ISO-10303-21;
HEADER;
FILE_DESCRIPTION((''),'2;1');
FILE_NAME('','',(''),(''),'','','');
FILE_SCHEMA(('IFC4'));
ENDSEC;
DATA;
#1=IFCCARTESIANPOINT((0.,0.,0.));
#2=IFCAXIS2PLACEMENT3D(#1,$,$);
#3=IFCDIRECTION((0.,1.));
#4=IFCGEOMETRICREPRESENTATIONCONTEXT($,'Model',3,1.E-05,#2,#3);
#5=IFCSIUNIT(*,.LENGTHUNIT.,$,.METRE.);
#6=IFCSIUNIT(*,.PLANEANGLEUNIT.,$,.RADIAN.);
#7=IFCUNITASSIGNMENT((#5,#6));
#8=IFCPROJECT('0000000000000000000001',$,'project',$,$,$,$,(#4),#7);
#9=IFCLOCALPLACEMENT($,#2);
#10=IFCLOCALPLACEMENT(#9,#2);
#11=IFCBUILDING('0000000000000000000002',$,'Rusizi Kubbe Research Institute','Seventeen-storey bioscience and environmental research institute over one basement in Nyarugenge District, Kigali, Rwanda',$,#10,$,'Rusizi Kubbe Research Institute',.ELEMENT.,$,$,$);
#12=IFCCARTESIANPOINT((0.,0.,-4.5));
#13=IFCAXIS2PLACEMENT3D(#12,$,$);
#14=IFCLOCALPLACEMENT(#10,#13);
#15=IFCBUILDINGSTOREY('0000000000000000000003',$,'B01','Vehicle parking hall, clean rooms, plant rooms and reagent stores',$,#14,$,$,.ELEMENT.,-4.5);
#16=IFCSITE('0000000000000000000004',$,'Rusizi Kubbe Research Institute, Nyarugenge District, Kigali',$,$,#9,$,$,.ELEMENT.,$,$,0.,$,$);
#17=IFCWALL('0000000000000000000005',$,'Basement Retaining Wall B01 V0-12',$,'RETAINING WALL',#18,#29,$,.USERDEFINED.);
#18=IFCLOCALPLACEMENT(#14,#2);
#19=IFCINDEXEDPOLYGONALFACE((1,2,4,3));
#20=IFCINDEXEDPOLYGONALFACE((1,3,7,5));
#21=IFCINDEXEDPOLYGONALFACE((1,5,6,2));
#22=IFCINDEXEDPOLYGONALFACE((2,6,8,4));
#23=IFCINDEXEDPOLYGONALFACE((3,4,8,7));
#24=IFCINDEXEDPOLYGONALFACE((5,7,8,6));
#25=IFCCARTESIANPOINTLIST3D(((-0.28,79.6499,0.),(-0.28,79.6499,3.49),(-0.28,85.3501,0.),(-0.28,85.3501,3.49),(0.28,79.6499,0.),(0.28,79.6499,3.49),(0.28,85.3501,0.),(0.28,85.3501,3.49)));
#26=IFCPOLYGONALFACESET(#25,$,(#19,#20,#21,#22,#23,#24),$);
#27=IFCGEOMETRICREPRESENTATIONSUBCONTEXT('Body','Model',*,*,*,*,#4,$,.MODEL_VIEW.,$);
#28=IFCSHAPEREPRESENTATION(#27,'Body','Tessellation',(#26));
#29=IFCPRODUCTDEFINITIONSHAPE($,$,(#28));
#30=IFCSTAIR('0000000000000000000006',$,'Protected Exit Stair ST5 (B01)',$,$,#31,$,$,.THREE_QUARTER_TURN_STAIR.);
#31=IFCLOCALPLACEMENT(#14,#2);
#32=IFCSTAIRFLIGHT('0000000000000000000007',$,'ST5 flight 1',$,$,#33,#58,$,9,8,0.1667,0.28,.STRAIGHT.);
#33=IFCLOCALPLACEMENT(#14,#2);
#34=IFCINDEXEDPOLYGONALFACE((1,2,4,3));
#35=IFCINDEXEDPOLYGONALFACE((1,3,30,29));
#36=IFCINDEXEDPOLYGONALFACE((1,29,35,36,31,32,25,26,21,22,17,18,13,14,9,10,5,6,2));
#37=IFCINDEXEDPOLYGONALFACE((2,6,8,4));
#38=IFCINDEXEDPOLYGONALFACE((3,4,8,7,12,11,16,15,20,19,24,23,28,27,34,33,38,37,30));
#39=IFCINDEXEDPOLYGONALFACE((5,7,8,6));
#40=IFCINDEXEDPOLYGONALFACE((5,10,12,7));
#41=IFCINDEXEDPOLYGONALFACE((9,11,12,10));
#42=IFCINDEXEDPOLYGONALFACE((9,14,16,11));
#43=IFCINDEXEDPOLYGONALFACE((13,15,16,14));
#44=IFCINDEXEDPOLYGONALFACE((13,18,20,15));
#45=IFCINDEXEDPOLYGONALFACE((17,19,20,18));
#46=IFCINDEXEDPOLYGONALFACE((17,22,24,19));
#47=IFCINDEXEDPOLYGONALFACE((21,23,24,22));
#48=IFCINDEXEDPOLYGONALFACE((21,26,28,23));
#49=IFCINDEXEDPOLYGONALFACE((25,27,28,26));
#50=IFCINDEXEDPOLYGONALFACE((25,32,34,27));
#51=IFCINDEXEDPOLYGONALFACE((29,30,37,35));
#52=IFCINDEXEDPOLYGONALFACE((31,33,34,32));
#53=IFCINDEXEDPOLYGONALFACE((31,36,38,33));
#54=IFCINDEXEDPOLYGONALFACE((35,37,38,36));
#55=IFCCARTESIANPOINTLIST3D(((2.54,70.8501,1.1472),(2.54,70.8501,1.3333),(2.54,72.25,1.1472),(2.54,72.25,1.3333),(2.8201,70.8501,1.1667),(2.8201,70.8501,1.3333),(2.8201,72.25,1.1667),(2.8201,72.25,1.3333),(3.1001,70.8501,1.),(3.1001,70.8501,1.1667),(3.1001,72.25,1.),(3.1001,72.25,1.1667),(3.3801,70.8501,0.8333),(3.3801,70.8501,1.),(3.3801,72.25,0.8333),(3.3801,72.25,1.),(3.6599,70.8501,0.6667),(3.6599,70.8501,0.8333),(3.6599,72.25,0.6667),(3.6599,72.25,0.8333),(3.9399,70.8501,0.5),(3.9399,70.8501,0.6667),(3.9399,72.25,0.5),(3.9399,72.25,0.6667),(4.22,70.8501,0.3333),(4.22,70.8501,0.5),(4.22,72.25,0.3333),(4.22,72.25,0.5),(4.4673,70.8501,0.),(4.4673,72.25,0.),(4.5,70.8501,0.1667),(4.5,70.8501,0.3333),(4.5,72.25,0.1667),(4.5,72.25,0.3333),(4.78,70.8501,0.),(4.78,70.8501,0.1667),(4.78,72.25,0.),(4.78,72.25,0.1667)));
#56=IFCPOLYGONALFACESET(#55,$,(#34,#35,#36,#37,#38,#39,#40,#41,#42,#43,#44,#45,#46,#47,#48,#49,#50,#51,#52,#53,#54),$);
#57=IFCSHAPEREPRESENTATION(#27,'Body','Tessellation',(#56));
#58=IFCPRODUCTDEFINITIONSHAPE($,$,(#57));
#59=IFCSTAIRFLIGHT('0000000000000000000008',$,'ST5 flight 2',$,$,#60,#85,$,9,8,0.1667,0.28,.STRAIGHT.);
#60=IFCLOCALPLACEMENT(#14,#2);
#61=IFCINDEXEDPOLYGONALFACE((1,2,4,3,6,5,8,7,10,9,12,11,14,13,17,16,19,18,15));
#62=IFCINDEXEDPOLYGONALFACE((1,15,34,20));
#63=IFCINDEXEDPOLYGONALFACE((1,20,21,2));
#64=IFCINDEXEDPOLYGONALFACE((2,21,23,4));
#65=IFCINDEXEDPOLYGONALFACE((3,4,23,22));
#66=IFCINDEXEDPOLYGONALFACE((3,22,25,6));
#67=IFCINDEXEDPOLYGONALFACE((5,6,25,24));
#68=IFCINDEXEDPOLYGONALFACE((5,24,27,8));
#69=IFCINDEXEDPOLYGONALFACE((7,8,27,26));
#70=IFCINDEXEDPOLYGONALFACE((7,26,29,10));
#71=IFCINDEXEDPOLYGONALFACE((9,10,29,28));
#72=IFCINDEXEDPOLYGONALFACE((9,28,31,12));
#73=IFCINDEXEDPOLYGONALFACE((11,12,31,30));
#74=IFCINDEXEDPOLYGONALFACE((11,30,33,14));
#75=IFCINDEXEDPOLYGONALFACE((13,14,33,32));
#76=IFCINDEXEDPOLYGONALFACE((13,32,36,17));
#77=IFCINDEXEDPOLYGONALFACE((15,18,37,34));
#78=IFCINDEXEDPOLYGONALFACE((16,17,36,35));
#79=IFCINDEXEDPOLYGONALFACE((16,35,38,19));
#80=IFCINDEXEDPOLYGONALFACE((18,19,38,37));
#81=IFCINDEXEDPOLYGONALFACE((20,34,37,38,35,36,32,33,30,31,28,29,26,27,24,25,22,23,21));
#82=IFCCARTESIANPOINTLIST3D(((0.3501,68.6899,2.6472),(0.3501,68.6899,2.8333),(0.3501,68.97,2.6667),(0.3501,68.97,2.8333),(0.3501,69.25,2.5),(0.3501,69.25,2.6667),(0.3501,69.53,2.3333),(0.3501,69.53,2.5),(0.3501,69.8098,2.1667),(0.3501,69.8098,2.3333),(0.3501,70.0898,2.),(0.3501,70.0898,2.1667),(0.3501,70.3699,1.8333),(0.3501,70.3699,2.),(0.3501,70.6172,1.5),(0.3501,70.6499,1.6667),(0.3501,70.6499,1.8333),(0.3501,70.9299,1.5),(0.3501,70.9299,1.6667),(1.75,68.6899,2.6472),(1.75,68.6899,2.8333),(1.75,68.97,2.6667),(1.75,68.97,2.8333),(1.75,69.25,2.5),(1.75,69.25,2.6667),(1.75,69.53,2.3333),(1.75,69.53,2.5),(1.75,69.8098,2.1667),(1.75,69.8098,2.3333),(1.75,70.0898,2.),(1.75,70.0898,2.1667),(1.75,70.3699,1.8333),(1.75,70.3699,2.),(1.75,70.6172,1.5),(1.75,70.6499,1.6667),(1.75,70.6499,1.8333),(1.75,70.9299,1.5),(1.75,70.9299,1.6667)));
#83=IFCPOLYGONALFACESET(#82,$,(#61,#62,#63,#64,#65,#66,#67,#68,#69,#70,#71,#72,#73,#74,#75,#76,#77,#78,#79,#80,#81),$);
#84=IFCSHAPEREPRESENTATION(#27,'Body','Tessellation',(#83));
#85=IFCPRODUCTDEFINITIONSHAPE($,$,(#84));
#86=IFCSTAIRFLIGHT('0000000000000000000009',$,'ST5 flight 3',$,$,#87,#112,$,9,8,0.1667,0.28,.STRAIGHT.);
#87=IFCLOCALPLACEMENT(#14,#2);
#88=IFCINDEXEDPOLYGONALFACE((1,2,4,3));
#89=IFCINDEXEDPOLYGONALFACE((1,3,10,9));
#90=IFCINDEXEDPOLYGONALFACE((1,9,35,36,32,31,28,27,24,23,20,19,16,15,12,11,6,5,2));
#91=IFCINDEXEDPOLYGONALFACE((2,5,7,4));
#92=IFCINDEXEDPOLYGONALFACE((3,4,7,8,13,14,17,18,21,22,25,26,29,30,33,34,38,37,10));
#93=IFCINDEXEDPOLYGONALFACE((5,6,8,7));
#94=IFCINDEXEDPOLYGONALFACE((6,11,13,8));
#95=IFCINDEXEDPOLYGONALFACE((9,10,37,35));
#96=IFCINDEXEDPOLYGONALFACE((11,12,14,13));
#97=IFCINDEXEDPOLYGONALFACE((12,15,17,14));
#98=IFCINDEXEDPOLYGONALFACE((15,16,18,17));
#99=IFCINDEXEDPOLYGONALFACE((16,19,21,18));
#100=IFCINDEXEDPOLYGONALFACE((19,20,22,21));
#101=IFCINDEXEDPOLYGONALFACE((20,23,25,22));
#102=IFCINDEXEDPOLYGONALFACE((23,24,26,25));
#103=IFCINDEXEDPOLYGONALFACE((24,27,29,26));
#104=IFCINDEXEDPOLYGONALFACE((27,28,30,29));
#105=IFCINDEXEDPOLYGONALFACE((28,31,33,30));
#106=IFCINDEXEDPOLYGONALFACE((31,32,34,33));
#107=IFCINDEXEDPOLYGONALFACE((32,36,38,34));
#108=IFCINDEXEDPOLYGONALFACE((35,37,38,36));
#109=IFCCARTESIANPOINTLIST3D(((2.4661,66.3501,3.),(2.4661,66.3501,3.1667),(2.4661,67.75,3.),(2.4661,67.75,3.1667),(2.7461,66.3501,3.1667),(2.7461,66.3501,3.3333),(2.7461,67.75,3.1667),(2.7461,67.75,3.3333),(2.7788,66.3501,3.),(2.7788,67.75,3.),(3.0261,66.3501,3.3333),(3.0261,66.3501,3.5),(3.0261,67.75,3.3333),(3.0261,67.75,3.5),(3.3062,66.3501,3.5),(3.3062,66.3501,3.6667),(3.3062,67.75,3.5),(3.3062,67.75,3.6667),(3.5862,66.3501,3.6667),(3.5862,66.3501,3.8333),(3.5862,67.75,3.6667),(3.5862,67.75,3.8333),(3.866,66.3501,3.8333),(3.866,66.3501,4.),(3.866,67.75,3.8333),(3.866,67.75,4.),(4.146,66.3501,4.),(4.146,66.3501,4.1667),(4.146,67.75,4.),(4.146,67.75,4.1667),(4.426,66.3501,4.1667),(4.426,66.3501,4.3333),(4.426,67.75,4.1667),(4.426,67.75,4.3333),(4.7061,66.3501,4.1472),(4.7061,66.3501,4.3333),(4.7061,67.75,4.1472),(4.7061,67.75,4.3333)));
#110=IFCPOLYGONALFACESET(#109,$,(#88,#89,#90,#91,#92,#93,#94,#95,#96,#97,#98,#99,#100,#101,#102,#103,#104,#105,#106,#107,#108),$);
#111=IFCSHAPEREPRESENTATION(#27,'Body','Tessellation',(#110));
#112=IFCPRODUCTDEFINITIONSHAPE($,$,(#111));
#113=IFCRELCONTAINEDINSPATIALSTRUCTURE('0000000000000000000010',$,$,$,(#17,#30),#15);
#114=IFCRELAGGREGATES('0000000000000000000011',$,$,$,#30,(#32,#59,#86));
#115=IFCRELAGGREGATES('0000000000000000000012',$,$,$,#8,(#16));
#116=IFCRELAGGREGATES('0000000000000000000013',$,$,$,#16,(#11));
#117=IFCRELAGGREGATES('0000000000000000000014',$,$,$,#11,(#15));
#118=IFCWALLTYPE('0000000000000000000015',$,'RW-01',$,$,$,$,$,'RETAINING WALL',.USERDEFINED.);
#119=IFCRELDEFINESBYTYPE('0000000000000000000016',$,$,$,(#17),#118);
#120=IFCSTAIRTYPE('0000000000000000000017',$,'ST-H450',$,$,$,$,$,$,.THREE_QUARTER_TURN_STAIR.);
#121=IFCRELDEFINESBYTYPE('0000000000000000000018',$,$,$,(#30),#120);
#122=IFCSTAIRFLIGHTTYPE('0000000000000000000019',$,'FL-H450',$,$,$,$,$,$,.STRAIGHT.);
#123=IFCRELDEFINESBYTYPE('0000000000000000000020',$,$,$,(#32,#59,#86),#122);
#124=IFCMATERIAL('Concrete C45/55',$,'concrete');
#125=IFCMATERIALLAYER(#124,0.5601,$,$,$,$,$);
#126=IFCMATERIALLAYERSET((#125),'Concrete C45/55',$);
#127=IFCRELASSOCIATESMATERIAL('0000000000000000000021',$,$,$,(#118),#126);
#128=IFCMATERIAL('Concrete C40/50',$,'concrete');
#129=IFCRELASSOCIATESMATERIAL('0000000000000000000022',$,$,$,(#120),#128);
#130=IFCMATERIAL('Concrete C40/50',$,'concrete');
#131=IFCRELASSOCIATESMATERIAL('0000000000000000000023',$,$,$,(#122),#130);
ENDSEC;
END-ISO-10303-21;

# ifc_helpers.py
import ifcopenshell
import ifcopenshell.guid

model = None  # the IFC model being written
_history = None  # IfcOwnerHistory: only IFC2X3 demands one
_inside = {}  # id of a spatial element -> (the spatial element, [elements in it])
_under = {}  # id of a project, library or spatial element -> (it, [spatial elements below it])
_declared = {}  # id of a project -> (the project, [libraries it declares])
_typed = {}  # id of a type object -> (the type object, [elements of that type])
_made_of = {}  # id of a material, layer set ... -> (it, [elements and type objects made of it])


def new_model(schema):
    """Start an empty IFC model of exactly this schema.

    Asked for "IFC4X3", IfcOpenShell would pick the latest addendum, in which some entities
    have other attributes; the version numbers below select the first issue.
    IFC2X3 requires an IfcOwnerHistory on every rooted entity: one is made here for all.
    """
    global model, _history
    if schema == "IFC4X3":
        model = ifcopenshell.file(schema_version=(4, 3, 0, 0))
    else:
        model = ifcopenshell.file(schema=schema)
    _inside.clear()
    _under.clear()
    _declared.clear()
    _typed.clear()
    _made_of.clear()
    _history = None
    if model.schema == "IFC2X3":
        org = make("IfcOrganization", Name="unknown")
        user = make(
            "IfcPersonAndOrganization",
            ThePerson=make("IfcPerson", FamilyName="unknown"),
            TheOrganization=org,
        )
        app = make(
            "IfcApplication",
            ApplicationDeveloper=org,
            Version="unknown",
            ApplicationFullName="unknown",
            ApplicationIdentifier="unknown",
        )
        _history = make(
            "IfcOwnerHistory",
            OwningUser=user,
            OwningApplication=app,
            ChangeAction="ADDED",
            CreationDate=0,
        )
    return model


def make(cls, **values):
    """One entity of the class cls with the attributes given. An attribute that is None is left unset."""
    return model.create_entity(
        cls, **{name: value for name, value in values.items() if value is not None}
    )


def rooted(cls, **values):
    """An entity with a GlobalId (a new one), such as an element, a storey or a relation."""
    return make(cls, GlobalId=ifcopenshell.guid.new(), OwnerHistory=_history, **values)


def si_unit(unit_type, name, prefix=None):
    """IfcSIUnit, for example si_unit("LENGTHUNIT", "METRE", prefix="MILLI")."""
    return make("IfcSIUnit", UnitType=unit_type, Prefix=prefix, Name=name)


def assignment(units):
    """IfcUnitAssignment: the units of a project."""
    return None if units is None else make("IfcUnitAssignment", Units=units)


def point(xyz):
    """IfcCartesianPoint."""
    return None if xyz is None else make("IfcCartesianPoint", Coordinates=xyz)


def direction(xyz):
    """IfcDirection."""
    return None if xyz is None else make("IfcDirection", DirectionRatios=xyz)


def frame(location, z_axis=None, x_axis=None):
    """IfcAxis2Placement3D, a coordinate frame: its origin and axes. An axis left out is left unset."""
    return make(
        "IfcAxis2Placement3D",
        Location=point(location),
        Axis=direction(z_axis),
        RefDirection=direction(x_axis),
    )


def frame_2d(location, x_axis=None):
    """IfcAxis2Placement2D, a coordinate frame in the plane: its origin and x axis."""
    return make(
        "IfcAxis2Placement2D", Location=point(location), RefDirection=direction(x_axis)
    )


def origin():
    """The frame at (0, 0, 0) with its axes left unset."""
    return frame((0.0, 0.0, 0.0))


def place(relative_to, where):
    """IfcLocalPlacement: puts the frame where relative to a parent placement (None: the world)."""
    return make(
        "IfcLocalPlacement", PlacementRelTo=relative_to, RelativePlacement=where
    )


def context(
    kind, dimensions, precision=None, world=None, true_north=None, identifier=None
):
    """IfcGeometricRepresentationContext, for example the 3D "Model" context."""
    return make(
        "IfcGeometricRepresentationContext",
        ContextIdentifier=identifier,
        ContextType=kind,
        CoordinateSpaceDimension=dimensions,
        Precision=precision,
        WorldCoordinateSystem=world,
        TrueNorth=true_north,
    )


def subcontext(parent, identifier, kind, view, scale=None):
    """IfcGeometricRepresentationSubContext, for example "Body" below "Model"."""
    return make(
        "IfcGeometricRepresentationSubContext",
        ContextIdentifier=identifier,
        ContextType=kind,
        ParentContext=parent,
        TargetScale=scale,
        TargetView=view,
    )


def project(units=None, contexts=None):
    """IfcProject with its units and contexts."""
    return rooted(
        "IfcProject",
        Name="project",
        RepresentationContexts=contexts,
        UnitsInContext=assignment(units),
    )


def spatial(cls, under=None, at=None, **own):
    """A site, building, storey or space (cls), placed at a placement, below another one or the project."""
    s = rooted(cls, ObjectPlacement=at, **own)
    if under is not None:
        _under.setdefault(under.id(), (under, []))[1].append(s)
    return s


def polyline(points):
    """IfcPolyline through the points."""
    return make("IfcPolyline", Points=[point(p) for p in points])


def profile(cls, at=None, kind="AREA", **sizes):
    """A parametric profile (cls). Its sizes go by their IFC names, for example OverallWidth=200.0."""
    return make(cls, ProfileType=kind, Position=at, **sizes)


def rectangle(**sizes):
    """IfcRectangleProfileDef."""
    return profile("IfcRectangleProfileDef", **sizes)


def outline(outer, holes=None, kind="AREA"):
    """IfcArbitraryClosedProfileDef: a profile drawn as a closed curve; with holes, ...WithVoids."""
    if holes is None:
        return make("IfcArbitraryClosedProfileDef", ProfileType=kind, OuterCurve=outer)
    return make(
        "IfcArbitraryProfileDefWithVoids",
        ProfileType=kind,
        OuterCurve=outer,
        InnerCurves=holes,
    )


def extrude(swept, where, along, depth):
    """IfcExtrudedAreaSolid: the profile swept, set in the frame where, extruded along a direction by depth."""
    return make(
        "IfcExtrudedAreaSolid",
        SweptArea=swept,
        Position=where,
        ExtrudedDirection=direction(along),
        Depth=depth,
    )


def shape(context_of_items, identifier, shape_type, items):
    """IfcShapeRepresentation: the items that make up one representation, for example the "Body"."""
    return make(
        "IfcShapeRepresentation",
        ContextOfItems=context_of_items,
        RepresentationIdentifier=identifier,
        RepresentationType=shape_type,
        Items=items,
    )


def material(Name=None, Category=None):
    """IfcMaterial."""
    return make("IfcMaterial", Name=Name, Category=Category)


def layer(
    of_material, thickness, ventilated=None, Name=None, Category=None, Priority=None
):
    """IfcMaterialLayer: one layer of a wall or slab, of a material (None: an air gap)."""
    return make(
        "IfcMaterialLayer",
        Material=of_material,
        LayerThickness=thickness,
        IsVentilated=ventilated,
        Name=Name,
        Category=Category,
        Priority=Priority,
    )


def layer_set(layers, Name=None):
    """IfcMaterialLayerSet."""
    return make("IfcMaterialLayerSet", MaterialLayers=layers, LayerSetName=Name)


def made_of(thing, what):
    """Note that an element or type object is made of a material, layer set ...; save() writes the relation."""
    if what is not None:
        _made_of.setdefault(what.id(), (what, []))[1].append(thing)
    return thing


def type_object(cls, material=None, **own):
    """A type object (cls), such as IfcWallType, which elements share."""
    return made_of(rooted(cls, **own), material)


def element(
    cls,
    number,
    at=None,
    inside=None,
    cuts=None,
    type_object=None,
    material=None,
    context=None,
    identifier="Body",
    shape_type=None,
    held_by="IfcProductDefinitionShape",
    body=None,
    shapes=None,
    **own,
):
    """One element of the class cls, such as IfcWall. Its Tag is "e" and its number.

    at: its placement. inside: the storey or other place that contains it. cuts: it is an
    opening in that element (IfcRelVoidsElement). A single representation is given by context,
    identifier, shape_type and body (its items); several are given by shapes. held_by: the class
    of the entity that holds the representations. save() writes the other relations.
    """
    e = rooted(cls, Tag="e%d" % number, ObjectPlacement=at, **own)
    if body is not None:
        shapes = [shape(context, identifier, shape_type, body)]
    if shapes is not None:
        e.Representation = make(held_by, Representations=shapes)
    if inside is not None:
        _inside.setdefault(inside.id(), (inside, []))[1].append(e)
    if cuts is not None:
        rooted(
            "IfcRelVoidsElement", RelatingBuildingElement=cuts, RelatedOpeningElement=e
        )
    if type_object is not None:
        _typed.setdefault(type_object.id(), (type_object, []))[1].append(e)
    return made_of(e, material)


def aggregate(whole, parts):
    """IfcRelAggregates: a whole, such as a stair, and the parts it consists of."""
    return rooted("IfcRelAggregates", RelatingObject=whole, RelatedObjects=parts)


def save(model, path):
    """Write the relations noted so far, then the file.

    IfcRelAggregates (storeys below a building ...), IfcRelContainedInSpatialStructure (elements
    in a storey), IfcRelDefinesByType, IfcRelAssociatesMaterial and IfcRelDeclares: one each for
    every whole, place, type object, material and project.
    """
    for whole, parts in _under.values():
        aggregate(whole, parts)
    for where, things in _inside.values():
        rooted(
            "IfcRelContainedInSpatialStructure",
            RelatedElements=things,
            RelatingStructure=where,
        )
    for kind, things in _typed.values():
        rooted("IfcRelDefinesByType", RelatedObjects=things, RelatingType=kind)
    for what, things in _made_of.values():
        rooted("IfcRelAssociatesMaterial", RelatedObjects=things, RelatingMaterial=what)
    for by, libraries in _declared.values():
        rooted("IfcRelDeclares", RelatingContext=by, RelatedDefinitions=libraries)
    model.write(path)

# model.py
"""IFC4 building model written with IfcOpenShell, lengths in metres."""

from ifc_helpers import new_model, si_unit, direction, frame, frame_2d, origin, place, context, subcontext, project, spatial, polyline, rectangle, outline, extrude, material, layer, layer_set, type_object, element, aggregate, save


model = new_model("IFC4")

# Units and contexts
model_context = context("Model", 3, precision=1e-05, world=origin(), true_north=direction((0.0, 1.0)))
body_context = subcontext(model_context, "Body", "Model", "MODEL_VIEW")
ifc_project = project(units=[si_unit("LENGTHUNIT", "METRE"), si_unit("PLANEANGLEUNIT", "RADIAN")], contexts=[model_context])

# Site, building, storey
site_placement = place(None, origin())
site = spatial("IfcSite", under=ifc_project, at=site_placement, Name="Rusizi Kubbe Research Institute, Nyarugenge District, Kigali", CompositionType="ELEMENT", RefElevation=0.0)
building_placement = place(site_placement, origin())
building = spatial("IfcBuilding", under=site, at=building_placement, Name="Rusizi Kubbe Research Institute", Description="Seventeen-storey bioscience and environmental research institute over one basement in Nyarugenge District, Kigali, Rwanda", LongName="Rusizi Kubbe Research Institute", CompositionType="ELEMENT")
storey_placement = place(building_placement, frame((0.0, 0.0, -4.5)))
storey = spatial("IfcBuildingStorey", under=building, at=storey_placement, Name="B01", Description="Vehicle parking hall, clean rooms, plant rooms and reagent stores", CompositionType="ELEMENT", Elevation=-4.5)

# Wall
ifc_material_1 = material(Name="Concrete C45/55", Category="concrete")
ifc_layer_1 = layer(ifc_material_1, 0.5601)
ifc_layer_set_1 = layer_set([ifc_layer_1], Name="Concrete C45/55")
wall_type_1 = type_object("IfcWallType", Name="RW-01", ElementType="RETAINING WALL", PredefinedType="USERDEFINED", material=ifc_layer_set_1)
wall_1_placement = place(storey_placement, frame((0.0, 79.6499, 0.0), z_axis=(0.0, 0.0, 1.0), x_axis=(0.0, 1.0, 0.0)))
element("IfcWall", 1, at=wall_1_placement, inside=storey, type_object=wall_type_1, Name="Basement Retaining Wall B01 V0-12", ObjectType="RETAINING WALL", PredefinedType="USERDEFINED", context=body_context, shape_type="SweptSolid", body=[
    extrude(rectangle(XDim=5.7002, YDim=0.5601, at=frame_2d((2.8501, 0.0))), origin(), (0.0, 0.0, 1.0), 3.49),
])

# Stair, stair flights
ifc_material_2 = material(Name="Concrete C40/50", Category="concrete")
stair_type = type_object("IfcStairType", Name="ST-H450", PredefinedType="THREE_QUARTER_TURN_STAIR", material=ifc_material_2)
stair_placement = place(storey_placement, origin())
stair = element("IfcStair", 2, at=stair_placement, inside=storey, type_object=stair_type, Name="Protected Exit Stair ST5 (B01)", PredefinedType="THREE_QUARTER_TURN_STAIR")
ifc_material_3 = material(Name="Concrete C40/50", Category="concrete")
stair_flight_type = type_object("IfcStairFlightType", Name="FL-H450", PredefinedType="STRAIGHT", material=ifc_material_3)
stair_flight_1_placement = place(storey_placement, frame((4.78, 71.55, 0.0), z_axis=(0.0, 0.0, 1.0), x_axis=(-1.0, 0.0, 0.0)))
stair_flight_1 = element("IfcStairFlight", 3, at=stair_flight_1_placement, type_object=stair_flight_type, Name="ST5 flight 1", NumberOfRisers=9, NumberOfTreads=8, PredefinedType="STRAIGHT", RiserHeight=0.1667, TreadLength=0.28, context=body_context, shape_type="SweptSolid", body=[
    extrude(outline(polyline([(0.0, 0.0), (0.0, 0.1667), (0.28, 0.1667), (0.28, 0.3333), (0.5601, 0.3333), (0.5601, 0.5), (0.8401, 0.5), (0.8401, 0.6667), (1.1201, 0.6667), (1.1201, 0.8333), (1.3999, 0.8333), (1.3999, 1.0), (1.6799, 1.0), (1.6799, 1.1667), (1.96, 1.1667), (1.96, 1.3333), (2.24, 1.3333), (2.24, 1.5), (2.24, 1.1472), (0.3127, 0.0), (0.0, 0.0)])), frame((0.0, 0.7, 0.0), z_axis=(0.0, -1.0, 0.0), x_axis=(1.0, 0.0, 0.0)), (0.0, 0.0, 1.0), 1.3999),
])
stair_flight_2_placement = place(storey_placement, frame((1.05, 70.9299, 1.5), z_axis=(0.0, 0.0, 1.0), x_axis=(0.0, -1.0, 0.0)))
stair_flight_2 = element("IfcStairFlight", 4, at=stair_flight_2_placement, type_object=stair_flight_type, Name="ST5 flight 2", NumberOfRisers=9, NumberOfTreads=8, PredefinedType="STRAIGHT", RiserHeight=0.1667, TreadLength=0.28, context=body_context, shape_type="SweptSolid", body=[
    extrude(outline(polyline([(0.0, 0.0), (0.0, 0.1667), (0.28, 0.1667), (0.28, 0.3333), (0.5601, 0.3333), (0.5601, 0.5), (0.8401, 0.5), (0.8401, 0.6667), (1.1201, 0.6667), (1.1201, 0.8333), (1.3999, 0.8333), (1.3999, 1.0), (1.6799, 1.0), (1.6799, 1.1667), (1.96, 1.1667), (1.96, 1.3333), (2.24, 1.3333), (2.24, 1.5), (2.24, 1.1472), (0.3127, 0.0), (0.0, 0.0)])), frame((0.0, 0.7, 0.0), z_axis=(0.0, -1.0, 0.0), x_axis=(1.0, 0.0, 0.0)), (0.0, 0.0, 1.0), 1.3999),
])
stair_flight_3_placement = place(storey_placement, frame((2.4661, 67.05, 3.0), z_axis=(0.0, 0.0, 1.0), x_axis=(1.0, 0.0, 0.0)))
stair_flight_3 = element("IfcStairFlight", 5, at=stair_flight_3_placement, type_object=stair_flight_type, Name="ST5 flight 3", NumberOfRisers=9, NumberOfTreads=8, PredefinedType="STRAIGHT", RiserHeight=0.1667, TreadLength=0.28, context=body_context, shape_type="SweptSolid", body=[
    extrude(outline(polyline([(0.0, 0.0), (0.0, 0.1667), (0.28, 0.1667), (0.28, 0.3333), (0.5601, 0.3333), (0.5601, 0.5), (0.8401, 0.5), (0.8401, 0.6667), (1.1201, 0.6667), (1.1201, 0.8333), (1.3999, 0.8333), (1.3999, 1.0), (1.6799, 1.0), (1.6799, 1.1667), (1.96, 1.1667), (1.96, 1.3333), (2.24, 1.3333), (2.24, 1.5), (2.24, 1.1472), (0.3127, 0.0), (0.0, 0.0)])), frame((0.0, 0.7, 0.0), z_axis=(0.0, -1.0, 0.0), x_axis=(1.0, 0.0, 0.0)), (0.0, 0.0, 1.0), 1.3999),
])
aggregate(stair, [stair_flight_1, stair_flight_2, stair_flight_3])

save(model, "model.ifc")
